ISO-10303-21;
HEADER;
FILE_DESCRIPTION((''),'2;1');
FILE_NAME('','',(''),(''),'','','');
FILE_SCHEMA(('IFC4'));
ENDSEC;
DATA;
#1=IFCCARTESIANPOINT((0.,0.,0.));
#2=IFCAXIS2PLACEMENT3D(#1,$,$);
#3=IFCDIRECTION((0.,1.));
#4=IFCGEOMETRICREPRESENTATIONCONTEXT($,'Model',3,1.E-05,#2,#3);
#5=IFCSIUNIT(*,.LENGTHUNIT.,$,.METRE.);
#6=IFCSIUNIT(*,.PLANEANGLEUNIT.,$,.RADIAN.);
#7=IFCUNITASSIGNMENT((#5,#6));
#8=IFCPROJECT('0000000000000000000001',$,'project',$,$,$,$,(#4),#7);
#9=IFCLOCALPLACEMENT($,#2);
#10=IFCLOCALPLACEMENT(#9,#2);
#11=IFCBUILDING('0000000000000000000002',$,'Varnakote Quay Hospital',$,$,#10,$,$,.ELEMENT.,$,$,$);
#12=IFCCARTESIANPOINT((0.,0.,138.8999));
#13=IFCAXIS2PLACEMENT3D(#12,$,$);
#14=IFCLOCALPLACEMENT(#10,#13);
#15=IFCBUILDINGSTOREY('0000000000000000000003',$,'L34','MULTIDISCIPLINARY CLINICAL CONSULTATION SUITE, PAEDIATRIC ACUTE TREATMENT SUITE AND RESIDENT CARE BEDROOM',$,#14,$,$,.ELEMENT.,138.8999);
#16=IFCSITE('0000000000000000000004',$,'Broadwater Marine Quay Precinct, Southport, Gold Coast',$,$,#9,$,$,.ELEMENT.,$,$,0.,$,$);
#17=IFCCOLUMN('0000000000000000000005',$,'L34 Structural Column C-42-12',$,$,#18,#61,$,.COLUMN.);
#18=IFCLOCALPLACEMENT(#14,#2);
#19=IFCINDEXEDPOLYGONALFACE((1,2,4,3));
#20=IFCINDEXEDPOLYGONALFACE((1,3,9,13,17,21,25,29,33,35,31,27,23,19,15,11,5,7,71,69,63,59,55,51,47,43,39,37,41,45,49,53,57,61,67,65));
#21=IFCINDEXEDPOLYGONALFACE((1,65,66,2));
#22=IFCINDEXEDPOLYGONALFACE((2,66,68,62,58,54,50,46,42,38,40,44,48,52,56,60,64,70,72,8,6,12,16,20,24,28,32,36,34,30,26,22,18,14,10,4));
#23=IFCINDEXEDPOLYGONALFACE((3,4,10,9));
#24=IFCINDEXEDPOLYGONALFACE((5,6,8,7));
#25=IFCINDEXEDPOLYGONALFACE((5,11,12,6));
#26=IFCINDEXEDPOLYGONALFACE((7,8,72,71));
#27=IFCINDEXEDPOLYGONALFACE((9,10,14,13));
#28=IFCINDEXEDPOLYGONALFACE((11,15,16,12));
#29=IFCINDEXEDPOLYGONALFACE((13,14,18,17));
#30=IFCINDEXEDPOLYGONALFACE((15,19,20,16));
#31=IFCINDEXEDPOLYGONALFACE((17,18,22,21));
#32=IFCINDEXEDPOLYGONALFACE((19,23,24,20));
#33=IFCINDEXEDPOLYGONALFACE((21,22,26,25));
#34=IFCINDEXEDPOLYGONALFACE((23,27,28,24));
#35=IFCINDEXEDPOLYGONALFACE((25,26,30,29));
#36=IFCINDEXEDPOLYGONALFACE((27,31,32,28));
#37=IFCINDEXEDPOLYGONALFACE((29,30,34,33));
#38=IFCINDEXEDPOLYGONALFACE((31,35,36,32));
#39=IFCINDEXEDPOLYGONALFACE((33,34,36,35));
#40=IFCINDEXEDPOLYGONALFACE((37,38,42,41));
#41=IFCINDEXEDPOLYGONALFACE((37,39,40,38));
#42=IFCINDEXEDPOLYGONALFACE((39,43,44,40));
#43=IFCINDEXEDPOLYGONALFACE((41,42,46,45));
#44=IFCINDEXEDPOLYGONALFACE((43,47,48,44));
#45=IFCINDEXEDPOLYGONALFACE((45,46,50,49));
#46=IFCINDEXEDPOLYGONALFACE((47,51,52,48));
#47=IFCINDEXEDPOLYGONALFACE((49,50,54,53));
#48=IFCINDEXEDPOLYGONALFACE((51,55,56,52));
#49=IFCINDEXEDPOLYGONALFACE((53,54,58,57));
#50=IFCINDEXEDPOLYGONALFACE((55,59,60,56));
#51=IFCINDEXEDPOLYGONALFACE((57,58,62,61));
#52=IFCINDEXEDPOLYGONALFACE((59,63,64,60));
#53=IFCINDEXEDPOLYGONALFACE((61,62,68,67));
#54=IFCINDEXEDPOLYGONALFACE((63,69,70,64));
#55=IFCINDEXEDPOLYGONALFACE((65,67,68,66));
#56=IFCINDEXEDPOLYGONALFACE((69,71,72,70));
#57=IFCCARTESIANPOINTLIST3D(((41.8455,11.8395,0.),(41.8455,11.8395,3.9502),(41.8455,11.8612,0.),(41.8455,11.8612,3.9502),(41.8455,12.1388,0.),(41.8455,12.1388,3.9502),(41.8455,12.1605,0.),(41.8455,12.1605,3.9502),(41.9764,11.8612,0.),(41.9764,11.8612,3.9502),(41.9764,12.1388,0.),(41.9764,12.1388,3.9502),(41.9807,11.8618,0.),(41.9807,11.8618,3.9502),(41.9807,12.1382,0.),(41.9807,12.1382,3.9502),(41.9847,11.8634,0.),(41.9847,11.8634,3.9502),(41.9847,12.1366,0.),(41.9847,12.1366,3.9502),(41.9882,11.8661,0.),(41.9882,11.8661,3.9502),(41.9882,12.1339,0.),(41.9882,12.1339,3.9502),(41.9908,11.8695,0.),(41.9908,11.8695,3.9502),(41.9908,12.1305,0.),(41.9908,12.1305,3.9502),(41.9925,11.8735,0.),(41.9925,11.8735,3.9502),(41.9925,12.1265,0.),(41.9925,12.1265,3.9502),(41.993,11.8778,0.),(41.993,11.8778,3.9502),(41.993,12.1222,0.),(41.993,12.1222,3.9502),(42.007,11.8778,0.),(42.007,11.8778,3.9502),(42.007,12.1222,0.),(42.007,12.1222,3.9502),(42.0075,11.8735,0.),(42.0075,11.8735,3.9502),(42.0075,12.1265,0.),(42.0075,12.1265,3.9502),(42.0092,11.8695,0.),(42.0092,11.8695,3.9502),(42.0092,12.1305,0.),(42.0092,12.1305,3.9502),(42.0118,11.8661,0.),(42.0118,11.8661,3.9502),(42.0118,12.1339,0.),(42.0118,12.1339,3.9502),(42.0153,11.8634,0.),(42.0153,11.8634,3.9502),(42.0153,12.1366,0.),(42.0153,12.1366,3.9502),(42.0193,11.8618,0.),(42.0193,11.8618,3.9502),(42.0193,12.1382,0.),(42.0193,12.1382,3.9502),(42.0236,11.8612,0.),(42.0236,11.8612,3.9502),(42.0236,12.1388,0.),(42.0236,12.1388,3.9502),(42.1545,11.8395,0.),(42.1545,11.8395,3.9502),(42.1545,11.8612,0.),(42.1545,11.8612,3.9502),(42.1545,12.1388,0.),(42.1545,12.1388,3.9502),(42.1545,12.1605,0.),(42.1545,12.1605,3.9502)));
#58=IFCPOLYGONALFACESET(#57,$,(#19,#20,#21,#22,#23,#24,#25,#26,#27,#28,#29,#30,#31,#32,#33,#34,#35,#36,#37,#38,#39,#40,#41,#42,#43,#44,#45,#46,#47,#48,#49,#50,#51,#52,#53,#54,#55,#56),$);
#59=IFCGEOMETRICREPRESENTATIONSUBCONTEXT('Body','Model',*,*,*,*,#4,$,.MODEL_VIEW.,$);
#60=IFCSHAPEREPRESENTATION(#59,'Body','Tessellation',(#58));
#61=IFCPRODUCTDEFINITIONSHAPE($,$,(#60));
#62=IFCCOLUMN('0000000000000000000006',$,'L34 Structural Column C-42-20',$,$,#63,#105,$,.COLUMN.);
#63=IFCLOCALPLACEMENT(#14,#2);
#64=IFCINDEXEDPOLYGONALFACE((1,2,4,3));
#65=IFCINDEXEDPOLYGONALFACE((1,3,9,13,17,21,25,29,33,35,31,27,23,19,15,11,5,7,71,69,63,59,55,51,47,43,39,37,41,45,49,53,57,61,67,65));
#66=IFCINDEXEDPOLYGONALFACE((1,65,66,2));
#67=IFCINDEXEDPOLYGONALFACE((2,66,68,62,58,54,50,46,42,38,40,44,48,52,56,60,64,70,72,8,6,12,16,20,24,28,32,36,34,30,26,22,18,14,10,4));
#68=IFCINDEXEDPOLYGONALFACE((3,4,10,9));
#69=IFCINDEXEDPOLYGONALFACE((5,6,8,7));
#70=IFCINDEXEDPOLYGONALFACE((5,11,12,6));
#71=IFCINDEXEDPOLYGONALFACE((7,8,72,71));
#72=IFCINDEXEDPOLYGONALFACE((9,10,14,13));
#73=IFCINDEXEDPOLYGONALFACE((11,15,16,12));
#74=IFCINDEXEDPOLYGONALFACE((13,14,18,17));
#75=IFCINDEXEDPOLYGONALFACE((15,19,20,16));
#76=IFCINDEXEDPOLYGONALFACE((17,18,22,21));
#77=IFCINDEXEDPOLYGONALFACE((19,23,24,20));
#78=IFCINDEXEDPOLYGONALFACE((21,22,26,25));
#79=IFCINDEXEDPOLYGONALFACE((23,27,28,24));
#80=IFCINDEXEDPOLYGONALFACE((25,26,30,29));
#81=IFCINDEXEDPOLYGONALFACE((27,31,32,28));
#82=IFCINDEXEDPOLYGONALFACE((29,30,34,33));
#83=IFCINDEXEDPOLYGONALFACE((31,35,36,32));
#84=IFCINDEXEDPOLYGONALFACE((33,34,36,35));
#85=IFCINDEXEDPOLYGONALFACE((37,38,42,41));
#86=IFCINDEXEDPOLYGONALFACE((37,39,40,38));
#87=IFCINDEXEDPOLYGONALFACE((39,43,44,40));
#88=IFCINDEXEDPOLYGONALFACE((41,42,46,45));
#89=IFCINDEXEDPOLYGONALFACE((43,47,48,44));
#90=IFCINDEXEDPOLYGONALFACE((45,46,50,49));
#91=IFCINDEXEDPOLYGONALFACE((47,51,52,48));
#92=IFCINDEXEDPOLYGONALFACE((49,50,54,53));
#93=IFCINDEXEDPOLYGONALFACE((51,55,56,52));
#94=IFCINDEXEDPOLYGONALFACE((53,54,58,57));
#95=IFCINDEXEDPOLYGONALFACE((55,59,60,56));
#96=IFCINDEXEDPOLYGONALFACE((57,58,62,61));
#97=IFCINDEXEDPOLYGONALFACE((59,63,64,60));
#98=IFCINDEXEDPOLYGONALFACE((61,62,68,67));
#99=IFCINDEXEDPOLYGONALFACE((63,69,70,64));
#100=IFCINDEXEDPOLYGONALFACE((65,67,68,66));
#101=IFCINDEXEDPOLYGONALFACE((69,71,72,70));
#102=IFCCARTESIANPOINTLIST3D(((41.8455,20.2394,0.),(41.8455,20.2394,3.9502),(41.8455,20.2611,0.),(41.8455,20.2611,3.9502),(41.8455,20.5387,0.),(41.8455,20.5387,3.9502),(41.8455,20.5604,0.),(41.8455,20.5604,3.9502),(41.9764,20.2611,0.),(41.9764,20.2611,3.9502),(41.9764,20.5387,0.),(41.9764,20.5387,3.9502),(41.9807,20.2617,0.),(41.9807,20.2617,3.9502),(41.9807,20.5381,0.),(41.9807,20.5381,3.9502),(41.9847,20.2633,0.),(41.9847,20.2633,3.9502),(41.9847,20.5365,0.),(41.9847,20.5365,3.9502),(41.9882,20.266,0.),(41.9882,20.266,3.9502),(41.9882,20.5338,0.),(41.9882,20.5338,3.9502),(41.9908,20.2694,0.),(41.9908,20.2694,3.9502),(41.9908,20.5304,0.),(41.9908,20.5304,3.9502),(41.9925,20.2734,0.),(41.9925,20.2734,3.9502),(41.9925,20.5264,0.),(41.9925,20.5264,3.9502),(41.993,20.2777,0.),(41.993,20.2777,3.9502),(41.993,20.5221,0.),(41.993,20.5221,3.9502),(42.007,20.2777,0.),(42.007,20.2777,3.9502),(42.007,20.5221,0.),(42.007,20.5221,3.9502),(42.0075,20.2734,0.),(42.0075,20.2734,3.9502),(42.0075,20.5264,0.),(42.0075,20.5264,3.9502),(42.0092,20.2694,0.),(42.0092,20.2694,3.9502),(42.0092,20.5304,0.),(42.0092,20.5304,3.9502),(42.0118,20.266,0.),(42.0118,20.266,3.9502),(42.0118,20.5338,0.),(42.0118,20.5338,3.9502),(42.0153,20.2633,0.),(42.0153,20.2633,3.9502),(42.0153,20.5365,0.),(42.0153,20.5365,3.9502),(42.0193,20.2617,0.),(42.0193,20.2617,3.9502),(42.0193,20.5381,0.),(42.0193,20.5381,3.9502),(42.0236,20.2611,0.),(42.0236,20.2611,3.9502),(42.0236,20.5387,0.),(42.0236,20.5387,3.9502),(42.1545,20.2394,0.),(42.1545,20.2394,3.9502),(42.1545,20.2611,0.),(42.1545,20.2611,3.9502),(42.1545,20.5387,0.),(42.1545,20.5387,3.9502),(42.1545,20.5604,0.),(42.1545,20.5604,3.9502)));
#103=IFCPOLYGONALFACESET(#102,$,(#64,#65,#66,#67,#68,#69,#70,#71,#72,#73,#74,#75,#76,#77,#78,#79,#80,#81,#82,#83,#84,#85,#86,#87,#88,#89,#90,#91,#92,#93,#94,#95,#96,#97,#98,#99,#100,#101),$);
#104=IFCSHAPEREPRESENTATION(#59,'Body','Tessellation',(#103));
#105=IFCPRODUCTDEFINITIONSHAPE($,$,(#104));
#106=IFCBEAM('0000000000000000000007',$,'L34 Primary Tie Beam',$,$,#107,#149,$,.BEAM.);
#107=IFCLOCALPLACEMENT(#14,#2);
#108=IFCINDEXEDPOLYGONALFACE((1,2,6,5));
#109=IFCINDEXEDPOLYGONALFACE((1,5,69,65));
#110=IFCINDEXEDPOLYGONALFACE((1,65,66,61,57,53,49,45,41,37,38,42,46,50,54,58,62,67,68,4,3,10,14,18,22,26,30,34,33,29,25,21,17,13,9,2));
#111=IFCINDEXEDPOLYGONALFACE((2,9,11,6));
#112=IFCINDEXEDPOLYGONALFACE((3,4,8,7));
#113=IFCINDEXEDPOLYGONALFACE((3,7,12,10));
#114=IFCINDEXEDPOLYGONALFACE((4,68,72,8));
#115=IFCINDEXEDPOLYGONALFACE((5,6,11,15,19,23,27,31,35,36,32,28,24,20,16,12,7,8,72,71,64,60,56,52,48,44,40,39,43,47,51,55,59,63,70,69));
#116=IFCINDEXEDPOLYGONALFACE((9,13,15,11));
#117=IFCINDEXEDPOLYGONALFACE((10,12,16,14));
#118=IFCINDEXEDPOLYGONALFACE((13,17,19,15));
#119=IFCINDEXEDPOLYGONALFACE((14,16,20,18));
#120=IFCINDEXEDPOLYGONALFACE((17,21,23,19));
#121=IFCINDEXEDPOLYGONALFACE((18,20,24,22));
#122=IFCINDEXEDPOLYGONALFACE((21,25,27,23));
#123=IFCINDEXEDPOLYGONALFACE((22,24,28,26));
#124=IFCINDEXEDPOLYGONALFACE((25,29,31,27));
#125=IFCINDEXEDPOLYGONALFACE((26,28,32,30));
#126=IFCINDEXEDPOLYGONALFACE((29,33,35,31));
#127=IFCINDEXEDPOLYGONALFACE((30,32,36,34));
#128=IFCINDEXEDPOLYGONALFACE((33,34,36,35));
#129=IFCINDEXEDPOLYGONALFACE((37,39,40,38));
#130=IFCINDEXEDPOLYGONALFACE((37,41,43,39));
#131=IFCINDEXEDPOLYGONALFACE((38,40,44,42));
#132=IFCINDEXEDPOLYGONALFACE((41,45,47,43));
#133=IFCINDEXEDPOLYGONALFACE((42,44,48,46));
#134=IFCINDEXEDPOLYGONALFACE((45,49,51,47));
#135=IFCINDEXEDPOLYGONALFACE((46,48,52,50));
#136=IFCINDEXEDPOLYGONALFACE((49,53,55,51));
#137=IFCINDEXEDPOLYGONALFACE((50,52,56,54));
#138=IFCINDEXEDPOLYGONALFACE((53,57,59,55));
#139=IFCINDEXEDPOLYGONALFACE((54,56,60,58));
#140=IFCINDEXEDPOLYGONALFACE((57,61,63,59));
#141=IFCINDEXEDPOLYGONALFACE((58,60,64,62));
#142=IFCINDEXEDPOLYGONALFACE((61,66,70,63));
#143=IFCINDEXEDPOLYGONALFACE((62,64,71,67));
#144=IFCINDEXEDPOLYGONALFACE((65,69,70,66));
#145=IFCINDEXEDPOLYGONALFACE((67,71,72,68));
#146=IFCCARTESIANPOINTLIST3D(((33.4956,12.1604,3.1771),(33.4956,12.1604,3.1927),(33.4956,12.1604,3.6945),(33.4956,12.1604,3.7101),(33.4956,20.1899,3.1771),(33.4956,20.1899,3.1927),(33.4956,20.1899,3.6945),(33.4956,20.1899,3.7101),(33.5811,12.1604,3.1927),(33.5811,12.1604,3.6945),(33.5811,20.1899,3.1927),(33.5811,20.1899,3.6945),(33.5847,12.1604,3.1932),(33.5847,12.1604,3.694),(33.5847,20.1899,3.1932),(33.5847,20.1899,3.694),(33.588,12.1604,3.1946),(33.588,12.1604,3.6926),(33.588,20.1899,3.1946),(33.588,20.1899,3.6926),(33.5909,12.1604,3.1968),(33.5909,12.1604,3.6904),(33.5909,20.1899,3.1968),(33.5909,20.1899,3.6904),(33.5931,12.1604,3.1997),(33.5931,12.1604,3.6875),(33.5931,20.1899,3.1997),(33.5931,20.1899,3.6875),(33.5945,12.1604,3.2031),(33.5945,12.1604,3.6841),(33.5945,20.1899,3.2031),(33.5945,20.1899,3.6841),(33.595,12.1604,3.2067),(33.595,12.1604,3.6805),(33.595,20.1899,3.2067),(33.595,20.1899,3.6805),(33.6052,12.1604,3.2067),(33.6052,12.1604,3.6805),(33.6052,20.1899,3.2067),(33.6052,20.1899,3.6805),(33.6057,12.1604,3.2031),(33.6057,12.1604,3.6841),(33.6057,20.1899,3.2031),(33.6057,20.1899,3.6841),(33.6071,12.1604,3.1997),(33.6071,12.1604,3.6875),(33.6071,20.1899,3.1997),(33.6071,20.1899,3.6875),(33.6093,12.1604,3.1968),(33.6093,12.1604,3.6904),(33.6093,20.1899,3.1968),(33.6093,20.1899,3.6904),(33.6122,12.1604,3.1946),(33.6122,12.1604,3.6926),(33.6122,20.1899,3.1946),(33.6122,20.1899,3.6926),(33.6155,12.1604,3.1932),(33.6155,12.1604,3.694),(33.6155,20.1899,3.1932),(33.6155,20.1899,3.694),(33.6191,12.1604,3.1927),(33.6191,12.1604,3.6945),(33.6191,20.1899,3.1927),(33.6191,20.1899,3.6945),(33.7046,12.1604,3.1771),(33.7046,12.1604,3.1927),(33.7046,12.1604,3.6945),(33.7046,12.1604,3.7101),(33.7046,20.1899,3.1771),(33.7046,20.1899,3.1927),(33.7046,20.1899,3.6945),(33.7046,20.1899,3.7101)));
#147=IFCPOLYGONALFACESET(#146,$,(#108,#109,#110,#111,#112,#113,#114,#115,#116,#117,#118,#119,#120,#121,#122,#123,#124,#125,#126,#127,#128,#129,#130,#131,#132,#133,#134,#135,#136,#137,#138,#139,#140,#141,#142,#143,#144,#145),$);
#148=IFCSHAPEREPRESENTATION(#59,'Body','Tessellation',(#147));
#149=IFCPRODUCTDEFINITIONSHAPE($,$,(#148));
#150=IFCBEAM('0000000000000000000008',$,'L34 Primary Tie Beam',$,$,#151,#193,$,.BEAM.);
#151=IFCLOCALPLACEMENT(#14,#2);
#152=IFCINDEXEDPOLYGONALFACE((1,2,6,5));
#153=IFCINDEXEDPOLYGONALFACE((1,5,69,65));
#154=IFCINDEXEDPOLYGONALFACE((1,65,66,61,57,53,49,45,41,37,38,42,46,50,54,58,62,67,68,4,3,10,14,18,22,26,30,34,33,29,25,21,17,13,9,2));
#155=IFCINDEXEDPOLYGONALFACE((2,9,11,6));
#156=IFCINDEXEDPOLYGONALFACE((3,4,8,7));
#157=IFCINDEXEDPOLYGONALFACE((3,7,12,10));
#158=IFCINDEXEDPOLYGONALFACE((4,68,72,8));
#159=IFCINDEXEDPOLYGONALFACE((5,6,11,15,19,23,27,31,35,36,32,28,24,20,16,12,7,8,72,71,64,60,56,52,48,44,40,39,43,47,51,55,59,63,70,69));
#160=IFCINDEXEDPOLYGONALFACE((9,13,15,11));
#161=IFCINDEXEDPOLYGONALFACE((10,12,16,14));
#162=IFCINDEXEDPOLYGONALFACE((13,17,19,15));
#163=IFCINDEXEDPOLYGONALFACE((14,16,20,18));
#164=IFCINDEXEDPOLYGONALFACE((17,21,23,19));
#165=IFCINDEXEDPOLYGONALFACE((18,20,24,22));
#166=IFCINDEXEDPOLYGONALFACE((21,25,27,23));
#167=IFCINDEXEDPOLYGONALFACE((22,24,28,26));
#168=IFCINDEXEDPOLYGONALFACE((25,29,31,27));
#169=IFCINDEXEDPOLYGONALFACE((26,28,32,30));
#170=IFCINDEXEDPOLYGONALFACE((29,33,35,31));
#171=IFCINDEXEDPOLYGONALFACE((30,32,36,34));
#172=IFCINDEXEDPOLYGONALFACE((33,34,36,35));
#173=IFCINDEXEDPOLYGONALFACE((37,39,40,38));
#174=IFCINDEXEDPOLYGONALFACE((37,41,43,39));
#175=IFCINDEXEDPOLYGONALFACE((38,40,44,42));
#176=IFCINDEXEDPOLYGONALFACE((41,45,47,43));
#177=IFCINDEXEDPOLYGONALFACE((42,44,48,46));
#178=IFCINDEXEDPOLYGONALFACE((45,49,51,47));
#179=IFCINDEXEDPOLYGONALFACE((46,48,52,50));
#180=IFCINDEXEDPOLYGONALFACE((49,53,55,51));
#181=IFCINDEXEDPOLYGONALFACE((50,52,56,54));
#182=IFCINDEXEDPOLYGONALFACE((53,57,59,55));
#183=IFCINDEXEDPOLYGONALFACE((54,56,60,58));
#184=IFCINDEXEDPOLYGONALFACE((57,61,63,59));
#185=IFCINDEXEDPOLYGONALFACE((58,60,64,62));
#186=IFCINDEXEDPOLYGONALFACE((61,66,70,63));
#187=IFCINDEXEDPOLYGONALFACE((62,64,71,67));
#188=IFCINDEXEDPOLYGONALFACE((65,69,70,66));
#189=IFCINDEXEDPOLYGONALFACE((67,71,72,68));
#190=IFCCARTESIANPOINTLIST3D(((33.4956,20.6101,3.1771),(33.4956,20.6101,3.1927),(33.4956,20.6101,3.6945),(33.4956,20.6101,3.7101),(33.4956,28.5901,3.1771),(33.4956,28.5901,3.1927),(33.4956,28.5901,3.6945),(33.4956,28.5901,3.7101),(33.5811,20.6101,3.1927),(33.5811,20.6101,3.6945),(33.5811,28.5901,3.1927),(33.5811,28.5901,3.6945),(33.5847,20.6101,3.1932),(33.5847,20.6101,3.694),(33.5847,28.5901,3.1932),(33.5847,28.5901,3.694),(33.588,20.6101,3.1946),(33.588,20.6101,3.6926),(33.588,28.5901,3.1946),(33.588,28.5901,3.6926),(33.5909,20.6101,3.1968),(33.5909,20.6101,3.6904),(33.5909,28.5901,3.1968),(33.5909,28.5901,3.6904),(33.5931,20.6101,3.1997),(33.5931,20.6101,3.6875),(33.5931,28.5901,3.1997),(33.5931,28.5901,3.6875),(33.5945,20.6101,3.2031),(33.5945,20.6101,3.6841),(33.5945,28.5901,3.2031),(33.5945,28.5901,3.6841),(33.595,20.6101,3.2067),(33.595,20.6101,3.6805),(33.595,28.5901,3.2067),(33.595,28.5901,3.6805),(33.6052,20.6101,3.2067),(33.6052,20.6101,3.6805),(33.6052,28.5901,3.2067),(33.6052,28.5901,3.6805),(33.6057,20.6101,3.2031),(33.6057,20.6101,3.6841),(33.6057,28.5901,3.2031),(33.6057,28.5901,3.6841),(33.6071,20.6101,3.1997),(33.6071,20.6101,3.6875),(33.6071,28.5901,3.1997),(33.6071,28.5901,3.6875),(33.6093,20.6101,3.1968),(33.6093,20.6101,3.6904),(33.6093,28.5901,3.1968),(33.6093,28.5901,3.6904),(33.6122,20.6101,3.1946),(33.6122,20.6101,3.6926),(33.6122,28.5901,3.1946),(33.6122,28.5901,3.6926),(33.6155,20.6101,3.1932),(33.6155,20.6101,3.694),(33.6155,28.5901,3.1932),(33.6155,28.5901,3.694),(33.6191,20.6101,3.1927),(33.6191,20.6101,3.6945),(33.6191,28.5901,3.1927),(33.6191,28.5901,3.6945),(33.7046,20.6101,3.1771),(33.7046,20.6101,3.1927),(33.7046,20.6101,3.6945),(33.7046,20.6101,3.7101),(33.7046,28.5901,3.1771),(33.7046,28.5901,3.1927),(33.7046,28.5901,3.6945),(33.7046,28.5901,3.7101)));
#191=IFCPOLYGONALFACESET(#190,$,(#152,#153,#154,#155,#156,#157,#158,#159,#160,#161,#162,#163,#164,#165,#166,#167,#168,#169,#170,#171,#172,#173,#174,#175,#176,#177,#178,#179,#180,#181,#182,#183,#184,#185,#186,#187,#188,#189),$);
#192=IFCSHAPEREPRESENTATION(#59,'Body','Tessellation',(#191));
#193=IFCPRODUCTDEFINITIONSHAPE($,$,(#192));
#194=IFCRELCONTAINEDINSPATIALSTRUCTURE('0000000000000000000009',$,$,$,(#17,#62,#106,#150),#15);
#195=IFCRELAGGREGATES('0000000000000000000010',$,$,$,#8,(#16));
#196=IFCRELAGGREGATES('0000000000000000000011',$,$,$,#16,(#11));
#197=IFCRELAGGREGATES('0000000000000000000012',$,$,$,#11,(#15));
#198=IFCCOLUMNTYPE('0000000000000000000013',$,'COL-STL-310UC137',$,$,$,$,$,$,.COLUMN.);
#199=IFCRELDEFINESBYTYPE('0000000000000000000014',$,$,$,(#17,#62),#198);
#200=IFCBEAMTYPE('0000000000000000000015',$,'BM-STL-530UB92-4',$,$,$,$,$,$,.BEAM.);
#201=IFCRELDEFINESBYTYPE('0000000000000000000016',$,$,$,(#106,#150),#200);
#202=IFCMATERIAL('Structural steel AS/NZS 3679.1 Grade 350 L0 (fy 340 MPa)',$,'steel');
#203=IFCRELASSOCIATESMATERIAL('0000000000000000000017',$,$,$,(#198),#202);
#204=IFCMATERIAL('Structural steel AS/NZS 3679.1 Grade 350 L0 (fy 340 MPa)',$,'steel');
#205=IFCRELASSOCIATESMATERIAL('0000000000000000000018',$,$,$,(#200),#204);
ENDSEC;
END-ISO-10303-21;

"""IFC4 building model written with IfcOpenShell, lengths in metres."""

from ifc_helpers import new_model, si_unit, direction, frame, origin, origin_2d, place, context, subcontext, project, spatial, i_section, extrude, material, material_profile, profile_set, type_object, element, save


model = new_model("IFC4")

# Units and contexts
model_context = context("Model", 3, precision=1e-05, world=origin(), true_north=direction((0.0, 1.0)))
body_context = subcontext(model_context, "Body", "Model", "MODEL_VIEW")
ifc_project = project(units=[si_unit("LENGTHUNIT", "METRE"), si_unit("PLANEANGLEUNIT", "RADIAN")], contexts=[model_context])

# Site, building, storey
site_placement = place(None, origin())
site = spatial("IfcSite", under=ifc_project, at=site_placement, Name="Broadwater Marine Quay Precinct, Southport, Gold Coast", CompositionType="ELEMENT", RefElevation=0.0)
building_placement = place(site_placement, origin())
building = spatial("IfcBuilding", under=site, at=building_placement, Name="Varnakote Quay Hospital", CompositionType="ELEMENT")
storey_placement = place(building_placement, frame((0.0, 0.0, 138.8999)))
storey = spatial("IfcBuildingStorey", under=building, at=storey_placement, Name="L34", Description="MULTIDISCIPLINARY CLINICAL CONSULTATION SUITE, PAEDIATRIC ACUTE TREATMENT SUITE AND RESIDENT CARE BEDROOM", CompositionType="ELEMENT", Elevation=138.8999)

# Columns
ifc_material_1 = material(Name="Structural steel AS/NZS 3679.1 Grade 350 L0 (fy 340 MPa)", Category="steel")
ifc_material_profile_1 = material_profile(ifc_material_1, i_section(OverallWidth=0.3091, OverallDepth=0.321, WebThickness=0.0139, FlangeThickness=0.0217, FilletRadius=0.0166, at=origin_2d()), Name="310UC137")
ifc_profile_set_1 = profile_set([ifc_material_profile_1], Name="Structural steel AS/NZS 3679.1 Grade 350 L0 (fy 340 MPa)")
column_type = type_object("IfcColumnType", Name="COL-STL-310UC137", PredefinedType="COLUMN", material=ifc_profile_set_1)
for number, where, z_axis, x_axis, name in (
    (1, (42.0, 12.0, 0.0), (0.0, 0.0, 1.0), (1.0, 0.0, 0.0), "L34 Structural Column C-42-12"),
    (2, (42.0, 20.3999, 0.0), (0.0, 0.0, 1.0), (1.0, 0.0, 0.0), "L34 Structural Column C-42-20"),
):
    element("IfcColumn", number, at=place(storey_placement, frame(where, z_axis=z_axis, x_axis=x_axis)), inside=storey, type_object=column_type, Name=name, PredefinedType="COLUMN", context=body_context, shape_type="SweptSolid", body=[
        extrude(i_section(OverallWidth=0.3091, OverallDepth=0.321, WebThickness=0.0139, FlangeThickness=0.0217, FilletRadius=0.0166, at=origin_2d()), origin(), (0.0, 0.0, 1.0), 3.9502),
    ])

# Beams
ifc_material_2 = material(Name="Structural steel AS/NZS 3679.1 Grade 350 L0 (fy 340 MPa)", Category="steel")
ifc_material_profile_2 = material_profile(ifc_material_2, i_section(OverallWidth=0.209, OverallDepth=0.533, WebThickness=0.0103, FlangeThickness=0.0156, FilletRadius=0.0139, at=origin_2d()), Name="530UB92.4")
ifc_profile_set_2 = profile_set([ifc_material_profile_2], Name="Structural steel AS/NZS 3679.1 Grade 350 L0 (fy 340 MPa)")
beam_type_1 = type_object("IfcBeamType", Name="BM-STL-530UB92-4", PredefinedType="BEAM", material=ifc_profile_set_2)
beam_1_placement = place(storey_placement, frame((33.6001, 12.1604, 3.4436), z_axis=(0.0, 1.0, 0.0), x_axis=(-1.0, 0.0, 0.0)))
element("IfcBeam", 3, at=beam_1_placement, inside=storey, type_object=beam_type_1, Name="L34 Primary Tie Beam", PredefinedType="BEAM", context=body_context, shape_type="SweptSolid", body=[
    extrude(i_section(OverallWidth=0.209, OverallDepth=0.533, WebThickness=0.0103, FlangeThickness=0.0156, FilletRadius=0.0139, at=origin_2d()), origin(), (0.0, 0.0, 1.0), 8.0295),
])
beam_2_placement = place(storey_placement, frame((33.6001, 20.6101, 3.4436), z_axis=(0.0, 1.0, 0.0), x_axis=(-1.0, 0.0, 0.0)))
element("IfcBeam", 4, at=beam_2_placement, inside=storey, type_object=beam_type_1, Name="L34 Primary Tie Beam", PredefinedType="BEAM", context=body_context, shape_type="SweptSolid", body=[
    extrude(i_section(OverallWidth=0.209, OverallDepth=0.533, WebThickness=0.0103, FlangeThickness=0.0156, FilletRadius=0.0139, at=origin_2d()), origin(), (0.0, 0.0, 1.0), 7.98),
])

save(model, "model.ifc")
